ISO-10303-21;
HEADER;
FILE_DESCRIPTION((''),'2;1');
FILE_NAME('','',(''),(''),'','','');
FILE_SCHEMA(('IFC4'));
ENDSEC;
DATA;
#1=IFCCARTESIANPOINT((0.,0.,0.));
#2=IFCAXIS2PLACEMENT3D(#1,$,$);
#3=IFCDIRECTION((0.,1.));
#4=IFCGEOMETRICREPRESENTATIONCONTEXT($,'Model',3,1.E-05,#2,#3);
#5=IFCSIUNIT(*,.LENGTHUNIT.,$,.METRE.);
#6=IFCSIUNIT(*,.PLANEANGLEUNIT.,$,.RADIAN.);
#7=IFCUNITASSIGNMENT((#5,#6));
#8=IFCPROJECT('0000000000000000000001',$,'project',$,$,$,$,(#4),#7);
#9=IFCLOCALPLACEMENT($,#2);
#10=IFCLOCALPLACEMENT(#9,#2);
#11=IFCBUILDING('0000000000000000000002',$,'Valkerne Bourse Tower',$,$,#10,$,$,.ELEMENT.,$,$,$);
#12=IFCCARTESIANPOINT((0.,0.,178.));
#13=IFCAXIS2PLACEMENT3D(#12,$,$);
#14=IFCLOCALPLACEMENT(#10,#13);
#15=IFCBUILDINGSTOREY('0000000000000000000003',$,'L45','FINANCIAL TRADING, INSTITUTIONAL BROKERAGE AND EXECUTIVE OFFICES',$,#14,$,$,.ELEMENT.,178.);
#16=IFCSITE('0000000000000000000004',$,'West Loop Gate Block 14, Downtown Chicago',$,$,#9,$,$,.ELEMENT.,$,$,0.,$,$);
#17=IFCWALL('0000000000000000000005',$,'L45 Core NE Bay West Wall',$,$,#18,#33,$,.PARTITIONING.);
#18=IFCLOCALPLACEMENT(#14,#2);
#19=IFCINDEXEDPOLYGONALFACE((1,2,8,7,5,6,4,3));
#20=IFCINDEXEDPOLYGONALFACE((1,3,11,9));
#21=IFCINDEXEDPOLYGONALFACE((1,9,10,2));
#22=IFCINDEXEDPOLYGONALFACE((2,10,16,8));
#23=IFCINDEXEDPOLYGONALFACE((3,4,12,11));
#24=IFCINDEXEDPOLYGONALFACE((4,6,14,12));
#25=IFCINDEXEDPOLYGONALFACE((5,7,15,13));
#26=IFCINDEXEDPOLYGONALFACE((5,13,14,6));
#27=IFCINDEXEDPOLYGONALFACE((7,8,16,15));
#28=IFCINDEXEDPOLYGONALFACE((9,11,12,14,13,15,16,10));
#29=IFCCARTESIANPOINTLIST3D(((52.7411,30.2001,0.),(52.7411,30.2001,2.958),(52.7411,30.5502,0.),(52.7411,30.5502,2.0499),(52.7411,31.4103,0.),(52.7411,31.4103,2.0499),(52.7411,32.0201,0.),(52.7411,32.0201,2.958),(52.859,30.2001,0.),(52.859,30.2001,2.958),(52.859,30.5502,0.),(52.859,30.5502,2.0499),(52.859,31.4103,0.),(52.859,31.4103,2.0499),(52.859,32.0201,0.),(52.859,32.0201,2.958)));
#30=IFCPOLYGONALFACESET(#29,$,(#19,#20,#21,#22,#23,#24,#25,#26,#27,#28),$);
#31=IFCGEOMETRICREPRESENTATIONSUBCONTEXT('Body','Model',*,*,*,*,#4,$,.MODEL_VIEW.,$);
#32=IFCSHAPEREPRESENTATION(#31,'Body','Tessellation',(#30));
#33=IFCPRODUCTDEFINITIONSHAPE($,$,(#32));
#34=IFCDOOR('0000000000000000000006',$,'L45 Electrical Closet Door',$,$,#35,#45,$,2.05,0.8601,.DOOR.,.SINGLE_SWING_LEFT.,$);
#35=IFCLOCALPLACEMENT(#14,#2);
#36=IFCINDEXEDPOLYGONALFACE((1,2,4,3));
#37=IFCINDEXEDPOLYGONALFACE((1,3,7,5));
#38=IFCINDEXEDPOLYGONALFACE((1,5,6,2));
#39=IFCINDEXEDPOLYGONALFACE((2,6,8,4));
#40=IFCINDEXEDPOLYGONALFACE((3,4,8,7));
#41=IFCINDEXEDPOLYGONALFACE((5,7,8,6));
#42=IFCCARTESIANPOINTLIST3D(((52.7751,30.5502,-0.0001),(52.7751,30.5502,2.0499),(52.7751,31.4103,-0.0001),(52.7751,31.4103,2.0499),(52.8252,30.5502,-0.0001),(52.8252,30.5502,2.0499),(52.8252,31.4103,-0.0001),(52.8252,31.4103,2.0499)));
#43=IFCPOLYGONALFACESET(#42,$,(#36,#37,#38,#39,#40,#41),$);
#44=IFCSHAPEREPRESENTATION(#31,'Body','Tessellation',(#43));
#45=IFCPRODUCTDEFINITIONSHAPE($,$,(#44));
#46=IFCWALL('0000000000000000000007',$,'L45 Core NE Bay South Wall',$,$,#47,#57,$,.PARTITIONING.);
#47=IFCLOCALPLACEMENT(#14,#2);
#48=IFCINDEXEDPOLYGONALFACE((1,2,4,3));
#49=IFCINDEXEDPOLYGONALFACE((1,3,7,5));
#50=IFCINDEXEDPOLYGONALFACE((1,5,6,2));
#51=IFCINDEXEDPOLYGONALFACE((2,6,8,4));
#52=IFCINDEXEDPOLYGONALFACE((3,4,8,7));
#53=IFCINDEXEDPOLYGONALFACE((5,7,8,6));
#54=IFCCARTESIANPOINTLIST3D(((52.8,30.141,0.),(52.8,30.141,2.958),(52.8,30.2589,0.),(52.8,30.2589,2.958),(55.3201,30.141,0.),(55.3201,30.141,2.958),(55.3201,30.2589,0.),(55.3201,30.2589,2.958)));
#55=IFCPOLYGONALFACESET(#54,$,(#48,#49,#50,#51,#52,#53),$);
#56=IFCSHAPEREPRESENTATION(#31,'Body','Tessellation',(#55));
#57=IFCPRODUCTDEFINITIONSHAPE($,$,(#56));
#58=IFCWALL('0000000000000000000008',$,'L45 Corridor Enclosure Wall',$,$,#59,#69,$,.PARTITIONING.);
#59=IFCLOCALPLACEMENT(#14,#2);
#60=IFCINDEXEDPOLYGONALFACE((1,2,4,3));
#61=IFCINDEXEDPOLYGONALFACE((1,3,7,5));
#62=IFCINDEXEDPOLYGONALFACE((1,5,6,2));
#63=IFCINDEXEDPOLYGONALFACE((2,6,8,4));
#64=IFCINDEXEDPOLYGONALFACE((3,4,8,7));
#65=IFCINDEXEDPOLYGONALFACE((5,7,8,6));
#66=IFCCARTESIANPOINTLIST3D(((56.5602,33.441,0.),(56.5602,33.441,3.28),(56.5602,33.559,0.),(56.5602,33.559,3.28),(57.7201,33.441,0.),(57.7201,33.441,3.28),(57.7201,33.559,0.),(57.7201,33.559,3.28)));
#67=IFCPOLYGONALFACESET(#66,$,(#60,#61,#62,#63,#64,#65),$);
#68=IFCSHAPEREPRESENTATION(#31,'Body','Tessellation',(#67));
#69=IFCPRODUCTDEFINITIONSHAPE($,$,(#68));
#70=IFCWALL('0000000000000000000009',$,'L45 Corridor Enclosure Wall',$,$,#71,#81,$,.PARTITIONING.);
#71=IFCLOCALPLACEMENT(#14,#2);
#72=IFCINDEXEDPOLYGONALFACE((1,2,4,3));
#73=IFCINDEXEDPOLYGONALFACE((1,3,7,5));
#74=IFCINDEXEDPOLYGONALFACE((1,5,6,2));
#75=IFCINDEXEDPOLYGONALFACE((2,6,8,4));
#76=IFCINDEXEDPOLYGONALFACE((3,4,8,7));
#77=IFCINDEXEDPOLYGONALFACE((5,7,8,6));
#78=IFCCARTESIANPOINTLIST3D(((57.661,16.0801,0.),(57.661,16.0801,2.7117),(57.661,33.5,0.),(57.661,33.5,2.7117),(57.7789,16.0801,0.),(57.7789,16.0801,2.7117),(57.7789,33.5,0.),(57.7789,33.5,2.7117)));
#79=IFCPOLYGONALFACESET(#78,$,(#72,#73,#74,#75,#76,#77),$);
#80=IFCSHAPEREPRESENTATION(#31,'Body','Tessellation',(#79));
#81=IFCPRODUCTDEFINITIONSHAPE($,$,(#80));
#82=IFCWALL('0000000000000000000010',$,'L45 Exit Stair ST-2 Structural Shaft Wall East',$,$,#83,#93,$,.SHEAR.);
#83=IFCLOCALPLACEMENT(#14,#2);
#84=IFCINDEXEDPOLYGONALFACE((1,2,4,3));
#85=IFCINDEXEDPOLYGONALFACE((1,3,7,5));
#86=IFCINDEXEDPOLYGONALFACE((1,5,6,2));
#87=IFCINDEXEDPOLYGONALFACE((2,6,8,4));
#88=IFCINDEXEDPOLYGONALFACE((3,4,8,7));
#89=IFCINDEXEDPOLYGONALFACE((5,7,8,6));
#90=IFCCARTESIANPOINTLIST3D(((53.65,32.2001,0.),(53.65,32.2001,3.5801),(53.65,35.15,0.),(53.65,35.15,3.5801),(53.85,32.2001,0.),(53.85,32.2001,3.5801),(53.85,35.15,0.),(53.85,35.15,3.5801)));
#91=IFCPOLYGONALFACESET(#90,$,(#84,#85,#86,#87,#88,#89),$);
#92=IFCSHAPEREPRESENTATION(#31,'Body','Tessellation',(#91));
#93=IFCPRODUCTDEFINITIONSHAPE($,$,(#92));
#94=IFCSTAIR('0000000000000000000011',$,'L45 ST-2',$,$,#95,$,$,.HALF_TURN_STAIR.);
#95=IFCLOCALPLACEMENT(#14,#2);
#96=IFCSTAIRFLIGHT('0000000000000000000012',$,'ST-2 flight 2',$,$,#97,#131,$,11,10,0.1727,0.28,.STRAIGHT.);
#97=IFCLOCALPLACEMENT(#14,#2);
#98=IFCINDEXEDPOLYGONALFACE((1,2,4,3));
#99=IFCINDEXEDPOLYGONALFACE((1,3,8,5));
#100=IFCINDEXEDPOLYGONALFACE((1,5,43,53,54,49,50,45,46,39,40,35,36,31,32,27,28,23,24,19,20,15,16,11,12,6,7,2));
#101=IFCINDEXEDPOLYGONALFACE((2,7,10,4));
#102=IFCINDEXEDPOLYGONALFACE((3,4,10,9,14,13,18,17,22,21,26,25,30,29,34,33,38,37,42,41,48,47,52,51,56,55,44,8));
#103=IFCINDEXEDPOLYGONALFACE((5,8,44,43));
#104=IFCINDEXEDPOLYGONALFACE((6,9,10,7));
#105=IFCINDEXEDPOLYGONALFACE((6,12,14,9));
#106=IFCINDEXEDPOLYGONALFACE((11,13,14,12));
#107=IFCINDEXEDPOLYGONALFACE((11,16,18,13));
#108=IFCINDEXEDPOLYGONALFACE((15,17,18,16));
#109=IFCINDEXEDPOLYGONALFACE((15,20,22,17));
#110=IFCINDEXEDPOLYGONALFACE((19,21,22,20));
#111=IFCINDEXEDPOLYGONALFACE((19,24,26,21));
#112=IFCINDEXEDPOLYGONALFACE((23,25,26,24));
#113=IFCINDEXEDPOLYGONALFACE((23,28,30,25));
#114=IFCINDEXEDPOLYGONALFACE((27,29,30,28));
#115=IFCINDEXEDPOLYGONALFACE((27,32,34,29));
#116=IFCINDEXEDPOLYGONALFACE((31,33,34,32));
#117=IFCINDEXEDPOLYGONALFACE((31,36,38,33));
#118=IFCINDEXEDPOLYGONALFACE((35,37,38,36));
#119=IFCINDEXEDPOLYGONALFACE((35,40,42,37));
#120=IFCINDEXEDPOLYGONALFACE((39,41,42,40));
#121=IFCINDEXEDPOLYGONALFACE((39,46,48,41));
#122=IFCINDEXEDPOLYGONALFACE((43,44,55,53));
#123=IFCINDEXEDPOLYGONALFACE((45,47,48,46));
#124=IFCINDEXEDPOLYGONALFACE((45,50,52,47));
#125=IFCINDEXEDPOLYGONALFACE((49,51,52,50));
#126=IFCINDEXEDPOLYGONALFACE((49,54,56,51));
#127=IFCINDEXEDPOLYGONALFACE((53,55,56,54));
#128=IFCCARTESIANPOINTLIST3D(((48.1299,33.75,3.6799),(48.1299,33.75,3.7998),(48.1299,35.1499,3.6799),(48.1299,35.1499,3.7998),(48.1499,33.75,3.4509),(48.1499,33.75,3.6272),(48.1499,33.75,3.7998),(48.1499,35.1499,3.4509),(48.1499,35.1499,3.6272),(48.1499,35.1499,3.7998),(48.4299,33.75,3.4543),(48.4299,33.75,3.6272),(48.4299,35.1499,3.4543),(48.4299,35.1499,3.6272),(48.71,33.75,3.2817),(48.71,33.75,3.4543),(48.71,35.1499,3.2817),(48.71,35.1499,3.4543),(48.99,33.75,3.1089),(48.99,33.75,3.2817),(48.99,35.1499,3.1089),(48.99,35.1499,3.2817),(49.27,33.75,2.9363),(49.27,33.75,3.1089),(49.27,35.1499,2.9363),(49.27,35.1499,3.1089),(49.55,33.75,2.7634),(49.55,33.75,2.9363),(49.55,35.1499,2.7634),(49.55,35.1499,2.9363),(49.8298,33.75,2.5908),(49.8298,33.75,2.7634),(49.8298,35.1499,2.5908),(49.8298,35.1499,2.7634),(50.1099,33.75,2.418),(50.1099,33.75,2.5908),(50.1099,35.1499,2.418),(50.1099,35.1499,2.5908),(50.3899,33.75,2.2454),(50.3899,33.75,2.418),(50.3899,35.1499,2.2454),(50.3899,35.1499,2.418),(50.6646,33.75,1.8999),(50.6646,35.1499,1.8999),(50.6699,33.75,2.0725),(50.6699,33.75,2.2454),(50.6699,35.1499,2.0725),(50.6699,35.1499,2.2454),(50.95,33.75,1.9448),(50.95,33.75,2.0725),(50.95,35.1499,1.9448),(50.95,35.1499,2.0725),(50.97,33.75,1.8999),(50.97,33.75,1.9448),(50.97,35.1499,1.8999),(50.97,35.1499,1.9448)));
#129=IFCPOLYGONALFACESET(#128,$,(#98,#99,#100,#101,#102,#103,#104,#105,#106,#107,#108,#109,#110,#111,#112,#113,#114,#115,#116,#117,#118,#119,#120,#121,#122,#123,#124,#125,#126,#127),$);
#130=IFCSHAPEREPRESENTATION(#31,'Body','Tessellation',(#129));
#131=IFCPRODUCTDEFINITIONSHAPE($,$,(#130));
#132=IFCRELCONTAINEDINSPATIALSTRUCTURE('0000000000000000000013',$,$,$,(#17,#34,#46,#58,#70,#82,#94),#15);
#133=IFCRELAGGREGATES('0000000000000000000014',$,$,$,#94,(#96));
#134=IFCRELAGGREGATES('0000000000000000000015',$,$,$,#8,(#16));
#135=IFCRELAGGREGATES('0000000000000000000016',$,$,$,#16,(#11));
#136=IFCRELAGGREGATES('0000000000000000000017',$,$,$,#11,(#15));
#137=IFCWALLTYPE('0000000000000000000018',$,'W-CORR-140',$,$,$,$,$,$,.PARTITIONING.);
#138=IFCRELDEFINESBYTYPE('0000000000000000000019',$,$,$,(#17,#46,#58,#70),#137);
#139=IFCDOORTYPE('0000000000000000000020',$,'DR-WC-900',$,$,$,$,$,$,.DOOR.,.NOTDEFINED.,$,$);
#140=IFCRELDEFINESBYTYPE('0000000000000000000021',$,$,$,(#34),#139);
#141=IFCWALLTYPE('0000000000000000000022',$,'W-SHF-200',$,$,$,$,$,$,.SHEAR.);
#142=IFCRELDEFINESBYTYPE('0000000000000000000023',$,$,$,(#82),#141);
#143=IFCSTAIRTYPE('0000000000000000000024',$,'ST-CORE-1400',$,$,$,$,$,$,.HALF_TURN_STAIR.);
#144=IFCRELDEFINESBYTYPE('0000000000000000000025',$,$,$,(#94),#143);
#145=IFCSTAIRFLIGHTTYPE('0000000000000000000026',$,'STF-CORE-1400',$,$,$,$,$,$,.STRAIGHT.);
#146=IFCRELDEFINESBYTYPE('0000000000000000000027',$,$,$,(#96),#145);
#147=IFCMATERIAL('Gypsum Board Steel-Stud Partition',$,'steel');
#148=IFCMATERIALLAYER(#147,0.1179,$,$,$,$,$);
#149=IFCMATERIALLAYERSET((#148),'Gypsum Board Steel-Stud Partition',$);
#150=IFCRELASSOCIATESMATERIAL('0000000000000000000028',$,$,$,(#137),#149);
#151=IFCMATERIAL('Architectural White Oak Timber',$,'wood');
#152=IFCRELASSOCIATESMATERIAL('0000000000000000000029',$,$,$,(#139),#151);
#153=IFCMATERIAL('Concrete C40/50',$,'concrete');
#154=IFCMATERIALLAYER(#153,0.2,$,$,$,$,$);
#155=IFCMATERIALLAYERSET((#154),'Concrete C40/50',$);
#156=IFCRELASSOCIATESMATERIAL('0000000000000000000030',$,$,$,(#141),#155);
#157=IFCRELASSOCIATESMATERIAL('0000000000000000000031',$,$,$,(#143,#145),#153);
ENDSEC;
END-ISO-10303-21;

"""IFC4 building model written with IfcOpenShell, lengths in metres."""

from ifc_helpers import new_model, si_unit, direction, frame, frame_2d, origin, place, context, subcontext, project, spatial, polyline, rectangle, outline, extrude, material, layer, layer_set, type_object, element, fill, aggregate, save


model = new_model("IFC4")

# Units and contexts
model_context = context("Model", 3, precision=1e-05, world=origin(), true_north=direction((0.0, 1.0)))
body_context = subcontext(model_context, "Body", "Model", "MODEL_VIEW")
ifc_project = project(units=[si_unit("LENGTHUNIT", "METRE"), si_unit("PLANEANGLEUNIT", "RADIAN")], contexts=[model_context])

# Site, building, storey
site_placement = place(None, origin())
site = spatial("IfcSite", under=ifc_project, at=site_placement, Name="West Loop Gate Block 14, Downtown Chicago", CompositionType="ELEMENT", RefElevation=0.0)
building_placement = place(site_placement, origin())
building = spatial("IfcBuilding", under=site, at=building_placement, Name="Valkerne Bourse Tower", CompositionType="ELEMENT")
storey_placement = place(building_placement, frame((0.0, 0.0, 178.0)))
storey = spatial("IfcBuildingStorey", under=building, at=storey_placement, Name="L45", Description="FINANCIAL TRADING, INSTITUTIONAL BROKERAGE AND EXECUTIVE OFFICES", CompositionType="ELEMENT", Elevation=178.0)

# Wall, opening, door
ifc_material_1 = material(Name="Gypsum Board Steel-Stud Partition", Category="steel")
ifc_layer_1 = layer(ifc_material_1, 0.1179)
ifc_layer_set_1 = layer_set([ifc_layer_1], Name="Gypsum Board Steel-Stud Partition")
wall_type_1 = type_object("IfcWallType", Name="W-CORR-140", PredefinedType="PARTITIONING", material=ifc_layer_set_1)
wall_1_placement = place(storey_placement, frame((52.8, 30.2, 0.0), z_axis=(0.0, 0.0, 1.0), x_axis=(0.0, 1.0, 0.0)))
wall_1 = element("IfcWall", 1, at=wall_1_placement, inside=storey, type_object=wall_type_1, Name="L45 Core NE Bay West Wall", PredefinedType="PARTITIONING", context=body_context, shape_type="SweptSolid", body=[
    extrude(rectangle(XDim=1.8201, YDim=0.1179, at=frame_2d((0.9102, 0.0))), origin(), (0.0, 0.0, 1.0), 2.958),
])
opening_placement = place(wall_1_placement, frame((0.3501, 0.0, 0.0)))
opening = element("IfcOpeningElement", 2, at=opening_placement, cuts=wall_1, PredefinedType="OPENING", context=body_context, shape_type="SweptSolid", body=[
    extrude(rectangle(XDim=0.8601, YDim=2.05, at=frame_2d((0.4302, 1.0249))), frame((0.0, 0.0688, 0.0), z_axis=(0.0, -1.0, 0.0), x_axis=(1.0, 0.0, 0.0)), (0.0, 0.0, 1.0), 0.1379),
])
ifc_material_2 = material(Name="Architectural White Oak Timber", Category="wood")
door_type = type_object("IfcDoorType", Name="DR-WC-900", OperationType="NOTDEFINED", PredefinedType="DOOR", material=ifc_material_2)
door_placement = place(opening_placement, origin())
door = element("IfcDoor", 3, at=door_placement, inside=storey, type_object=door_type, Name="L45 Electrical Closet Door", OperationType="SINGLE_SWING_LEFT", OverallHeight=2.05, OverallWidth=0.8601, PredefinedType="DOOR", context=body_context, shape_type="SweptSolid", body=[
    extrude(rectangle(XDim=0.8601, YDim=2.05, at=frame_2d((0.4302, 1.0249))), frame((0.0, 0.0249, 0.0), z_axis=(0.0, -1.0, 0.0), x_axis=(1.0, 0.0, 0.0)), (0.0, 0.0, 1.0), 0.05),
])
fill(opening, door)

# Walls
wall_2_placement = place(storey_placement, frame((52.8, 30.2, 0.0), z_axis=(0.0, 0.0, 1.0), x_axis=(1.0, 0.0, 0.0)))
element("IfcWall", 4, at=wall_2_placement, inside=storey, type_object=wall_type_1, Name="L45 Core NE Bay South Wall", PredefinedType="PARTITIONING", context=body_context, shape_type="SweptSolid", body=[
    extrude(rectangle(XDim=2.52, YDim=0.1179, at=frame_2d((1.26, 0.0))), origin(), (0.0, 0.0, 1.0), 2.958),
])
wall_3_placement = place(storey_placement, frame((56.5601, 33.5, 0.0), z_axis=(0.0, 0.0, 1.0), x_axis=(1.0, 0.0, 0.0)))
element("IfcWall", 5, at=wall_3_placement, inside=storey, type_object=wall_type_1, Name="L45 Corridor Enclosure Wall", PredefinedType="PARTITIONING", context=body_context, shape_type="SweptSolid", body=[
    extrude(rectangle(XDim=1.1599, YDim=0.1179, at=frame_2d((0.5801, 0.0))), origin(), (0.0, 0.0, 1.0), 3.28),
])
wall_4_placement = place(storey_placement, frame((57.72, 33.5, 0.0), z_axis=(0.0, 0.0, 1.0), x_axis=(0.0, -1.0, 0.0)))
element("IfcWall", 6, at=wall_4_placement, inside=storey, type_object=wall_type_1, Name="L45 Corridor Enclosure Wall", PredefinedType="PARTITIONING", context=body_context, shape_type="SweptSolid", body=[
    extrude(rectangle(XDim=17.4199, YDim=0.1179, at=frame_2d((8.71, 0.0))), origin(), (0.0, 0.0, 1.0), 2.7117),
])
ifc_material_3 = material(Name="Concrete C40/50", Category="concrete")
ifc_layer_2 = layer(ifc_material_3, 0.2)
ifc_layer_set_2 = layer_set([ifc_layer_2], Name="Concrete C40/50")
wall_type_2 = type_object("IfcWallType", Name="W-SHF-200", PredefinedType="SHEAR", material=ifc_layer_set_2)
wall_5_placement = place(storey_placement, frame((53.75, 32.2, 0.0), z_axis=(0.0, 0.0, 1.0), x_axis=(0.0, 1.0, 0.0)))
element("IfcWall", 7, at=wall_5_placement, inside=storey, type_object=wall_type_2, Name="L45 Exit Stair ST-2 Structural Shaft Wall East", PredefinedType="SHEAR", context=body_context, shape_type="SweptSolid", body=[
    extrude(rectangle(XDim=2.95, YDim=0.2, at=frame_2d((1.4751, 0.0))), origin(), (0.0, 0.0, 1.0), 3.5801),
])

# Stair, stair flight
stair_type = type_object("IfcStairType", Name="ST-CORE-1400", PredefinedType="HALF_TURN_STAIR", material=ifc_material_3)
stair_placement = place(storey_placement, origin())
stair = element("IfcStair", 8, at=stair_placement, inside=storey, type_object=stair_type, Name="L45 ST-2", PredefinedType="HALF_TURN_STAIR")
stair_flight_type = type_object("IfcStairFlightType", Name="STF-CORE-1400", PredefinedType="STRAIGHT", material=ifc_material_3)
stair_flight_placement = place(storey_placement, frame((50.95, 34.45, 1.8999), z_axis=(0.0, 0.0, 1.0), x_axis=(-1.0, 0.0, 0.0)))
stair_flight = element("IfcStairFlight", 9, at=stair_flight_placement, type_object=stair_flight_type, Name="ST-2 flight 2", NumberOfRisers=11, NumberOfTreads=10, PredefinedType="STRAIGHT", RiserHeight=0.1727, TreadLength=0.28, context=body_context, shape_type="SweptSolid", body=[
    extrude(outline(polyline([(-0.02, 0.0), (-0.02, 0.0449), (0.0, 0.0449), (0.0, 0.1726), (0.28, 0.1726), (0.28, 0.3455), (0.5601, 0.3455), (0.5601, 0.5181), (0.8401, 0.5181), (0.8401, 0.6909), (1.1201, 0.6909), (1.1201, 0.8635), (1.3999, 0.8635), (1.3999, 1.0364), (1.6799, 1.0364), (1.6799, 1.209), (1.96, 1.209), (1.96, 1.3818), (2.24, 1.3818), (2.24, 1.5544), (2.52, 1.5544), (2.52, 1.7273), (2.8, 1.7273), (2.8, 1.8999), (2.8201, 1.8999), (2.8201, 1.78), (2.8, 1.551), (0.2854, 0.0), (-0.02, 0.0)])), frame((0.0, 0.7, 0.0), z_axis=(0.0, -1.0, 0.0), x_axis=(1.0, 0.0, 0.0)), (0.0, 0.0, 1.0), 1.3999),
])
aggregate(stair, [stair_flight])

save(model, "model.ifc")
